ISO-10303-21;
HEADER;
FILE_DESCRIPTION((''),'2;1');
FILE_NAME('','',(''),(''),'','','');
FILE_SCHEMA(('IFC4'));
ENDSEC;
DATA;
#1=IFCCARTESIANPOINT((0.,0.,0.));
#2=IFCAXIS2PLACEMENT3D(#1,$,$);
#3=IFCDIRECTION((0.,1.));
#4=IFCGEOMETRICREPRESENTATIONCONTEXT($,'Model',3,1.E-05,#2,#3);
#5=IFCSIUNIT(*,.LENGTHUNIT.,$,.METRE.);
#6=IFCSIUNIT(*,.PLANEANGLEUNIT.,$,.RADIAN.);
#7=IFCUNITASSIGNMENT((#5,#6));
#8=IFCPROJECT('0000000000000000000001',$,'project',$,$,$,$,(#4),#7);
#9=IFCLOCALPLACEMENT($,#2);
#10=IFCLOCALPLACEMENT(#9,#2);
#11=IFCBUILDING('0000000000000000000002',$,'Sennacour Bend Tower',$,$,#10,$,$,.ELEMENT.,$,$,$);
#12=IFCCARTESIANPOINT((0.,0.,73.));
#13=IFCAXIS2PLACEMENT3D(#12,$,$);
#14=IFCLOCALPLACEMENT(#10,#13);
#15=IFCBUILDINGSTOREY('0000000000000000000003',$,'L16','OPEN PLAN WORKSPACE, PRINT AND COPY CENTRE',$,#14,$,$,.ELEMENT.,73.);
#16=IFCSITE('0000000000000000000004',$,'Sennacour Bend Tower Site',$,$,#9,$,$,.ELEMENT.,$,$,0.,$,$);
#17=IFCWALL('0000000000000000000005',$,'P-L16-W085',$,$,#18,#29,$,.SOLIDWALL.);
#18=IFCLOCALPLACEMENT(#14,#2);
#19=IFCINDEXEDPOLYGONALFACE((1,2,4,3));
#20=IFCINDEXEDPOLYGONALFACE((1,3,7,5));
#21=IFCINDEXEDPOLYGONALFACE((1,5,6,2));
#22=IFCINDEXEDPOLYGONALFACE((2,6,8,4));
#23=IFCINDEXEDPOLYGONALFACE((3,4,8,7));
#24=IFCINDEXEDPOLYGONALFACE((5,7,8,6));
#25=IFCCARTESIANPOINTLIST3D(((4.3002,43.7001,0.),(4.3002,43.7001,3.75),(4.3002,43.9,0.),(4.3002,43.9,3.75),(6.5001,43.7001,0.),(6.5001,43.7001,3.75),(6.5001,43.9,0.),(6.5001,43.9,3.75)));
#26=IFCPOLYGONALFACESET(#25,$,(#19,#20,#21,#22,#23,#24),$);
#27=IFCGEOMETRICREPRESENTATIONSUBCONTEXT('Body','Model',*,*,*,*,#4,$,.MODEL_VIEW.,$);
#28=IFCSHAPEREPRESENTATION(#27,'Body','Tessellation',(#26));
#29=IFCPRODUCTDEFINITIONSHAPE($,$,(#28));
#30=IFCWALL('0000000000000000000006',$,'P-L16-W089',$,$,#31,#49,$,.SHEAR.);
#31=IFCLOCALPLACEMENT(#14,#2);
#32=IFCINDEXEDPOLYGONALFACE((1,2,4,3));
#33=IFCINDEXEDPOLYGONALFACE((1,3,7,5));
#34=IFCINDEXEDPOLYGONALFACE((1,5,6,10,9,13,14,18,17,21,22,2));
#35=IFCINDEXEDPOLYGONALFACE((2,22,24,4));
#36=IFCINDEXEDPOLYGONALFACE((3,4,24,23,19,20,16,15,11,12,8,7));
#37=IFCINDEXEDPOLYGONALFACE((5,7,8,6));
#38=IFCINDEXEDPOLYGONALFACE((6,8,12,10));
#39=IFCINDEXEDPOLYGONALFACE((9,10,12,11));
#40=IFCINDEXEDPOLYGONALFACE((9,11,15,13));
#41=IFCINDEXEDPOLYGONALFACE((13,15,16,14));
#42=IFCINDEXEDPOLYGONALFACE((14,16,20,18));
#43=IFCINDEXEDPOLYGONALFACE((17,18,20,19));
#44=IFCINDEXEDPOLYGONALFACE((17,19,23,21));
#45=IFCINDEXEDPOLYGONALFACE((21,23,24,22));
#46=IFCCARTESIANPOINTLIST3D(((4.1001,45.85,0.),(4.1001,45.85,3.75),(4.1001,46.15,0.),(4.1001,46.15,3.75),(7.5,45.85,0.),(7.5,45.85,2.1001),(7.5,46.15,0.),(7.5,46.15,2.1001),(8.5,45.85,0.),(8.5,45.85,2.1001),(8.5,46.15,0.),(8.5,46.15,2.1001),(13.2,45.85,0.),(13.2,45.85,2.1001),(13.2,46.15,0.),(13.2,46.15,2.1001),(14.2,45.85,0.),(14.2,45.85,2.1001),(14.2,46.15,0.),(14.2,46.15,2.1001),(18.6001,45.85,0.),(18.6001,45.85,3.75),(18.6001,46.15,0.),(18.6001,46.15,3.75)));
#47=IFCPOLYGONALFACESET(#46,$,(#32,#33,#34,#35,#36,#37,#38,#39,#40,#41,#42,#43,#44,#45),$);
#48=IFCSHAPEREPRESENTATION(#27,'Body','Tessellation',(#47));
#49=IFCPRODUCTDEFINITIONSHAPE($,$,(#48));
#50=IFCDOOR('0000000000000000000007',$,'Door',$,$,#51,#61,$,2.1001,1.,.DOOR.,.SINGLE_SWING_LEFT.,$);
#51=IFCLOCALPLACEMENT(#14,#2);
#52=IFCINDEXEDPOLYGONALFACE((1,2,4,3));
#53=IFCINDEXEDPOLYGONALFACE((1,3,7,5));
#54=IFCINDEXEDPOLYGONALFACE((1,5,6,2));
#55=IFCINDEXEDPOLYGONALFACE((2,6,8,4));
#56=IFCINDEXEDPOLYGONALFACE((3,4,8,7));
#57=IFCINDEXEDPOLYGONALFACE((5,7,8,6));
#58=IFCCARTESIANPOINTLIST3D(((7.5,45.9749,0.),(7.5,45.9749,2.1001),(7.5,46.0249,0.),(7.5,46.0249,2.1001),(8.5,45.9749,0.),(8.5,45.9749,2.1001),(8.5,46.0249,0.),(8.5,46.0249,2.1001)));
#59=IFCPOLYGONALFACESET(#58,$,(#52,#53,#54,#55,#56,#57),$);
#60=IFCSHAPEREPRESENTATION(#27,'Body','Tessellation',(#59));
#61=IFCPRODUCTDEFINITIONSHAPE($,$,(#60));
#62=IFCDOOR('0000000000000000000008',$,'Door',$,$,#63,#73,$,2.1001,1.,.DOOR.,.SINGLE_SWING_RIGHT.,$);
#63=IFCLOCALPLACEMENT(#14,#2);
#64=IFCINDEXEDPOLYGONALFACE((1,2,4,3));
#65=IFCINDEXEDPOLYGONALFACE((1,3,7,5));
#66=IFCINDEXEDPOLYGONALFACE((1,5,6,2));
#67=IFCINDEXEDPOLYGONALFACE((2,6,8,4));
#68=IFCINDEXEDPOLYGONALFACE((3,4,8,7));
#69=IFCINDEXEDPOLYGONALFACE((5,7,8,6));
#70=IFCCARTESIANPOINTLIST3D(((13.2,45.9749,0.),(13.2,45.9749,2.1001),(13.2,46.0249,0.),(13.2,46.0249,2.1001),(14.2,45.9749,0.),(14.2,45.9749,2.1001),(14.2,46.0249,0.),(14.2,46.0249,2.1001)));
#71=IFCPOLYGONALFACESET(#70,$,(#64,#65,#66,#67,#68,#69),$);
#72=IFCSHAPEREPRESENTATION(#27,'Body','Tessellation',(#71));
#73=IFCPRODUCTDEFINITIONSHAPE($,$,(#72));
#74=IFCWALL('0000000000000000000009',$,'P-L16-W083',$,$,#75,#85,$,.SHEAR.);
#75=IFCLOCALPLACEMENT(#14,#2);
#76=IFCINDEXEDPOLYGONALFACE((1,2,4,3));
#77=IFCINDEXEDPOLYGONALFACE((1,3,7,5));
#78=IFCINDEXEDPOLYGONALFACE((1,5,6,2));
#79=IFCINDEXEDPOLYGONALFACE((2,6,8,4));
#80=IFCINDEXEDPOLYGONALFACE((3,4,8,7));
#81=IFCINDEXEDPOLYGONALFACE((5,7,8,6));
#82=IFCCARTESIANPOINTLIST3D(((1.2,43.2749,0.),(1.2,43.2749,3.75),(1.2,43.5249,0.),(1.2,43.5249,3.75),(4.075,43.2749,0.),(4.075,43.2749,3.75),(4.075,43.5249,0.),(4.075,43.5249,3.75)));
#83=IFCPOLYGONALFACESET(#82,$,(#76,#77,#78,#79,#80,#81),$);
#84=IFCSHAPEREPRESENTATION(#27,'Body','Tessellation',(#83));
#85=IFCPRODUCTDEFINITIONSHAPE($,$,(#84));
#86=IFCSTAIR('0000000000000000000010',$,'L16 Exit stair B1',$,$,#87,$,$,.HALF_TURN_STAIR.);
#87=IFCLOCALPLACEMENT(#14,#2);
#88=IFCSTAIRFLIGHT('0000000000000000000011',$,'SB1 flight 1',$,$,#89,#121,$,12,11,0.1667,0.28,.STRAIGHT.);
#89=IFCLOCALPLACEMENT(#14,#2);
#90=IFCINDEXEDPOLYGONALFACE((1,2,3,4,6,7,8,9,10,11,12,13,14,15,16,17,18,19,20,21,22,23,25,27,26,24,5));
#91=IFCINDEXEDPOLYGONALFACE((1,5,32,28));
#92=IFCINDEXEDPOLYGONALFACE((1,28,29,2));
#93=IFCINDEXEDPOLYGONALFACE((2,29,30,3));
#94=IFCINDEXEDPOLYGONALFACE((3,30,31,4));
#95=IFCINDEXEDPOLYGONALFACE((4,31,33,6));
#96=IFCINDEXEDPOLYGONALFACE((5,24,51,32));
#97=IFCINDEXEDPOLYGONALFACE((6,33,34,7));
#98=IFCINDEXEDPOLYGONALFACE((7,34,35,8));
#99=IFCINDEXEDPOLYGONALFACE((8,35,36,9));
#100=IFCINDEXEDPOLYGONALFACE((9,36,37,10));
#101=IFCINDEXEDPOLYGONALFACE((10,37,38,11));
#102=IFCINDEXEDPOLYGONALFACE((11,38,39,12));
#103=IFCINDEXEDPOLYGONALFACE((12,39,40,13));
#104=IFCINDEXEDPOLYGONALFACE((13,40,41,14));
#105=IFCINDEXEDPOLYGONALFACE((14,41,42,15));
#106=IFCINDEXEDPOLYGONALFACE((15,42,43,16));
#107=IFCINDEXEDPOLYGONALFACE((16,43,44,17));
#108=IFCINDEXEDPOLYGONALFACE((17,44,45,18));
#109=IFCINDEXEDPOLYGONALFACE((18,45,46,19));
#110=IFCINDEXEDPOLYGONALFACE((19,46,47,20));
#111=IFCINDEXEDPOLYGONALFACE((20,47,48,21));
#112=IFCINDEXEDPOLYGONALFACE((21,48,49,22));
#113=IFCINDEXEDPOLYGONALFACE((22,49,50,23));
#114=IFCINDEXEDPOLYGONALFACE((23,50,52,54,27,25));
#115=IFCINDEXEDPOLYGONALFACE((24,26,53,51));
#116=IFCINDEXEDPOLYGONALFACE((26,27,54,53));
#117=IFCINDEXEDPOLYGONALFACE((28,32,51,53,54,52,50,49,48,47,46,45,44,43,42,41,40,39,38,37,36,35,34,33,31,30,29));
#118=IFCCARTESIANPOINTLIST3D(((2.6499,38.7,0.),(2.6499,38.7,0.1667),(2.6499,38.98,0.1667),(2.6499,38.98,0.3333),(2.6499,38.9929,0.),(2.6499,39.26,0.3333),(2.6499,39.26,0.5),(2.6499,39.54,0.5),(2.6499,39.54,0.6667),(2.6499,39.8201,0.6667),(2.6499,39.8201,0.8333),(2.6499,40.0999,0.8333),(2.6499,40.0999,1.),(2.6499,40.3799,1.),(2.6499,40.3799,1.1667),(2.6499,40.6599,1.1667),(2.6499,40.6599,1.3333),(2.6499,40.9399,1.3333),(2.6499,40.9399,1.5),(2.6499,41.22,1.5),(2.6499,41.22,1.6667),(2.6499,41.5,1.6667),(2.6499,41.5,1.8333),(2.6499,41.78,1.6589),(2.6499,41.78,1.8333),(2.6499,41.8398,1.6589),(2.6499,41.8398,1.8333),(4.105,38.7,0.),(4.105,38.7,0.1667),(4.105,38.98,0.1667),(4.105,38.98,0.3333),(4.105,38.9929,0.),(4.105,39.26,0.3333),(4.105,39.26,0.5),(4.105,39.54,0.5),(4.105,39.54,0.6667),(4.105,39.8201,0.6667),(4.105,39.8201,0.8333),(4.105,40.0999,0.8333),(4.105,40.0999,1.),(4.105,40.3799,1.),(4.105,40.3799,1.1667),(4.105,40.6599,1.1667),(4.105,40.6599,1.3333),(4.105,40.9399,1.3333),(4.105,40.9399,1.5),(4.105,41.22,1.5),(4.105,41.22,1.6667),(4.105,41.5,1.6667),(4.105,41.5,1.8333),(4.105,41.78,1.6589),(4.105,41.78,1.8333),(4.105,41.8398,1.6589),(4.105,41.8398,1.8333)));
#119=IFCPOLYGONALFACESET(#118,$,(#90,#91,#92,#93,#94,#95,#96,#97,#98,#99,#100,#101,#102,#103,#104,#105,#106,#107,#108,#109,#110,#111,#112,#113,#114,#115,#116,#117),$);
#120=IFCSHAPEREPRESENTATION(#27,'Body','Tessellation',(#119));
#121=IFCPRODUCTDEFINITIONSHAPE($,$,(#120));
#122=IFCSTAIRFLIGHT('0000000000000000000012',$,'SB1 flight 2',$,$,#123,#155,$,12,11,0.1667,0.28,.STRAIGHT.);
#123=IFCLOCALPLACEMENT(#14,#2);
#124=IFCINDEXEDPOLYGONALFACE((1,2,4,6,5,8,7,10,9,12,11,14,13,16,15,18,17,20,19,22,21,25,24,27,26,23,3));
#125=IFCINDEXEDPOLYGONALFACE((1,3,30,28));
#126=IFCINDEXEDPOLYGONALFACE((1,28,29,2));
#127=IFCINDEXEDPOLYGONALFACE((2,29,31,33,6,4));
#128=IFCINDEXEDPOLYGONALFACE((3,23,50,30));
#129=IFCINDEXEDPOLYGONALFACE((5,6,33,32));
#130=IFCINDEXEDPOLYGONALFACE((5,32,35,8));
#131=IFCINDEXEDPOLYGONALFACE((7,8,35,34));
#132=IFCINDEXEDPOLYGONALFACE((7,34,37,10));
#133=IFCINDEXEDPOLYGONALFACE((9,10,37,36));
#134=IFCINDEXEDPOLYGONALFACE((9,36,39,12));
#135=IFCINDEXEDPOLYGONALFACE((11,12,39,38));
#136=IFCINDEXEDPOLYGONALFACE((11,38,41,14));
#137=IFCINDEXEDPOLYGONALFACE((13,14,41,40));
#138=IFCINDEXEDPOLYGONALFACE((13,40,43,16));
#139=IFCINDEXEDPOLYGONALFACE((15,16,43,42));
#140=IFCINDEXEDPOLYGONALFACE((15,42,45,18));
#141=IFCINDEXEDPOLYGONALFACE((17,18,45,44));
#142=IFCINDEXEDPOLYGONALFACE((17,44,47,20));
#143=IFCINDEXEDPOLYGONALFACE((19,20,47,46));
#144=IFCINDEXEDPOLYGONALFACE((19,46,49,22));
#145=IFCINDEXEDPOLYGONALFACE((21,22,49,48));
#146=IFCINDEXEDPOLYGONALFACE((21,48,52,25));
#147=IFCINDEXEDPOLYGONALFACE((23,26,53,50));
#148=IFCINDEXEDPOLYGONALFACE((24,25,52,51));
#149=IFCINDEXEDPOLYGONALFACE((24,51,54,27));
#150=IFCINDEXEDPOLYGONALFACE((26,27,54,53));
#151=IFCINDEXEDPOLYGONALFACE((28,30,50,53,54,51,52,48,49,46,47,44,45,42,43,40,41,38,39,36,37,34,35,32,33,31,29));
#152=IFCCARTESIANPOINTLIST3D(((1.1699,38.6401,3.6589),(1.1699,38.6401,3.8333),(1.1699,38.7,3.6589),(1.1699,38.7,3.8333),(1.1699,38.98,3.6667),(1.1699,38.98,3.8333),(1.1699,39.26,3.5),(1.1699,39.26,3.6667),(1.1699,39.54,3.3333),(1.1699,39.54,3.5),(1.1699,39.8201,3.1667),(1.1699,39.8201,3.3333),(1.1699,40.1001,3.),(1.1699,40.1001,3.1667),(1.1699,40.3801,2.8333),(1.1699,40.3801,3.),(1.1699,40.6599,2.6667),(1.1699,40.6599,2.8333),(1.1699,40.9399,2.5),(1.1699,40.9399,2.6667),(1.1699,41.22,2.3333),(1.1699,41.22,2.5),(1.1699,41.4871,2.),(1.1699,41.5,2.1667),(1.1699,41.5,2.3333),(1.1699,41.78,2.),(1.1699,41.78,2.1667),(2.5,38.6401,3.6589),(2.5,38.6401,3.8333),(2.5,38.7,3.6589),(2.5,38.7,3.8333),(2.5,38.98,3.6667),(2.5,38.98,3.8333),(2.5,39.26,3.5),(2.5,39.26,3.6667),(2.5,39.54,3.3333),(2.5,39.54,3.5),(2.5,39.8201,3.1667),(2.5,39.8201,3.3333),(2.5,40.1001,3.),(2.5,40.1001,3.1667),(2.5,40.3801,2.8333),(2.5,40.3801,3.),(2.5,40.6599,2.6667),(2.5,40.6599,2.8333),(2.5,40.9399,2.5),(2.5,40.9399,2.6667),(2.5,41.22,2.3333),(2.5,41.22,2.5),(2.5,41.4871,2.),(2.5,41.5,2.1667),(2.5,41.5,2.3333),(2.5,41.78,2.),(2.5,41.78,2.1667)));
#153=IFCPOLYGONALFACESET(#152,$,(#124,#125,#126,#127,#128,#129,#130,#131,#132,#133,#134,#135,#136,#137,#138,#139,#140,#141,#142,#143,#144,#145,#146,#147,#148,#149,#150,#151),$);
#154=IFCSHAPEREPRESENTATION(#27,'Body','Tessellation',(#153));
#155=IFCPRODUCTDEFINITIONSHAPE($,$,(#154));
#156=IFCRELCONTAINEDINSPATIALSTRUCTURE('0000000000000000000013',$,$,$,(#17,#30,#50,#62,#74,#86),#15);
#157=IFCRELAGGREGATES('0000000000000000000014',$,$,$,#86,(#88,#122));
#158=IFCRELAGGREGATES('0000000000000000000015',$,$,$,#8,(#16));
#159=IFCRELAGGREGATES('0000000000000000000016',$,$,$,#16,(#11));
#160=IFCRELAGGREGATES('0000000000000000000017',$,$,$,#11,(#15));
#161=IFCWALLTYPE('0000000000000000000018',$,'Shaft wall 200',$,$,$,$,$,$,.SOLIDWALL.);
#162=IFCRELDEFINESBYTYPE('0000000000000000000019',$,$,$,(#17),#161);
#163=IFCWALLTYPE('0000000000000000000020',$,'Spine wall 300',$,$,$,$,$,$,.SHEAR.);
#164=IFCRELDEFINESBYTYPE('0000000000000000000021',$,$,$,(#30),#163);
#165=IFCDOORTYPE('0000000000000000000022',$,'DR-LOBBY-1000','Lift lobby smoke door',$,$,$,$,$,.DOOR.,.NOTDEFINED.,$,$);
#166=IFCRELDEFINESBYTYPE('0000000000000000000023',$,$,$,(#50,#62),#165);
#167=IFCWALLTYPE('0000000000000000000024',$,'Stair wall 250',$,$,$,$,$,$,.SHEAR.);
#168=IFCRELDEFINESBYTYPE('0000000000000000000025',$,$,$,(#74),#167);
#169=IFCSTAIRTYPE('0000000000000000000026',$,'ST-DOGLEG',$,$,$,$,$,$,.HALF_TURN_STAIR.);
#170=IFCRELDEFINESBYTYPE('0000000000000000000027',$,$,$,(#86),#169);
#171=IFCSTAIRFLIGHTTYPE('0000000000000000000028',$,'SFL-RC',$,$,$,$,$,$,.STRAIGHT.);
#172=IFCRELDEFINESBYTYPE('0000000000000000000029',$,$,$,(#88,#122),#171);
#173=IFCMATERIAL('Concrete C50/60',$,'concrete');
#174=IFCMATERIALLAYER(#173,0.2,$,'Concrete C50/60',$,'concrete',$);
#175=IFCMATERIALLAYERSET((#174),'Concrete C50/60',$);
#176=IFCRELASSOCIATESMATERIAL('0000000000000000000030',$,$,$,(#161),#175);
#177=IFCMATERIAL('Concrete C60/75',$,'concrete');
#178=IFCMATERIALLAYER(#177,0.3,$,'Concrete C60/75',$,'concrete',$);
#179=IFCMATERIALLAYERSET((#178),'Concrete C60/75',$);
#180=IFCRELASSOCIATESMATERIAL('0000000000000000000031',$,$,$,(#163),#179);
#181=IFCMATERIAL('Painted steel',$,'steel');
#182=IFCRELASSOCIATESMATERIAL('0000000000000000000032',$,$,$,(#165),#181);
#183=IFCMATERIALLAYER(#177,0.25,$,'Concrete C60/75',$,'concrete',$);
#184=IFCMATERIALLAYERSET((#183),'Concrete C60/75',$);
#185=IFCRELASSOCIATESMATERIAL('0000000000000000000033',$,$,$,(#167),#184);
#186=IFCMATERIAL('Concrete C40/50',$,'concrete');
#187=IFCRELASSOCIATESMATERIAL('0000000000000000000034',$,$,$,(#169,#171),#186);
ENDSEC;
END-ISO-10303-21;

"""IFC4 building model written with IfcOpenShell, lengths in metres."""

from ifc_helpers import new_model, si_unit, direction, frame, frame_2d, origin, place, context, subcontext, project, spatial, polyline, rectangle, outline, extrude, material, layer, layer_set, type_object, element, fill, aggregate, save


model = new_model("IFC4")

# Units and contexts
model_context = context("Model", 3, precision=1e-05, world=origin(), true_north=direction((0.0, 1.0)))
body_context = subcontext(model_context, "Body", "Model", "MODEL_VIEW")
ifc_project = project(units=[si_unit("LENGTHUNIT", "METRE"), si_unit("PLANEANGLEUNIT", "RADIAN")], contexts=[model_context])

# Site, building, storey
site_placement = place(None, origin())
site = spatial("IfcSite", under=ifc_project, at=site_placement, Name="Sennacour Bend Tower Site", CompositionType="ELEMENT", RefElevation=0.0)
building_placement = place(site_placement, origin())
building = spatial("IfcBuilding", under=site, at=building_placement, Name="Sennacour Bend Tower", CompositionType="ELEMENT")
storey_placement = place(building_placement, frame((0.0, 0.0, 73.0)))
storey = spatial("IfcBuildingStorey", under=building, at=storey_placement, Name="L16", Description="OPEN PLAN WORKSPACE, PRINT AND COPY CENTRE", CompositionType="ELEMENT", Elevation=73.0)

# Shared definitions
ifc_material_1 = material(Name="Painted steel", Category="steel")

# Wall
ifc_material_2 = material(Name="Concrete C50/60", Category="concrete")
ifc_layer_1 = layer(ifc_material_2, 0.2, Name="Concrete C50/60", Category="concrete")
ifc_layer_set_1 = layer_set([ifc_layer_1], Name="Concrete C50/60")
wall_type_1 = type_object("IfcWallType", Name="Shaft wall 200", PredefinedType="SOLIDWALL", material=ifc_layer_set_1)
wall_1_placement = place(storey_placement, frame((4.3, 43.8, 0.0), z_axis=(0.0, 0.0, 1.0), x_axis=(1.0, 0.0, 0.0)))
element("IfcWall", 1, at=wall_1_placement, inside=storey, type_object=wall_type_1, Name="P-L16-W085", PredefinedType="SOLIDWALL", context=body_context, shape_type="SweptSolid", body=[
    extrude(rectangle(XDim=2.2, YDim=0.2, at=frame_2d((1.1001, 0.0))), origin(), (0.0, 0.0, 1.0), 3.75),
])

# Wall, openings, doors
ifc_material_3 = material(Name="Concrete C60/75", Category="concrete")
ifc_layer_2 = layer(ifc_material_3, 0.3, Name="Concrete C60/75", Category="concrete")
ifc_layer_set_2 = layer_set([ifc_layer_2], Name="Concrete C60/75")
wall_type_2 = type_object("IfcWallType", Name="Spine wall 300", PredefinedType="SHEAR", material=ifc_layer_set_2)
wall_2_placement = place(storey_placement, frame((4.1001, 46.0, 0.0), z_axis=(0.0, 0.0, 1.0), x_axis=(1.0, 0.0, 0.0)))
wall_2 = element("IfcWall", 2, at=wall_2_placement, inside=storey, type_object=wall_type_2, Name="P-L16-W089", PredefinedType="SHEAR", context=body_context, shape_type="SweptSolid", body=[
    extrude(rectangle(XDim=14.5, YDim=0.3, at=frame_2d((7.25, 0.0))), origin(), (0.0, 0.0, 1.0), 3.75),
])
opening_1_placement = place(wall_2_placement, frame((3.3999, 0.0, 0.0)))
opening_1 = element("IfcOpeningElement", 3, at=opening_1_placement, cuts=wall_2, PredefinedType="OPENING", context=body_context, shape_type="SweptSolid", body=[
    extrude(rectangle(XDim=1.0, YDim=2.1001, at=frame_2d((0.5, 1.05))), frame((0.0, 0.1602, 0.0), z_axis=(0.0, -1.0, 0.0), x_axis=(1.0, 0.0, 0.0)), (0.0, 0.0, 1.0), 0.3201),
])
opening_2_placement = place(wall_2_placement, frame((9.0999, 0.0, 0.0)))
opening_2 = element("IfcOpeningElement", 4, at=opening_2_placement, cuts=wall_2, PredefinedType="OPENING", context=body_context, shape_type="SweptSolid", body=[
    extrude(rectangle(XDim=1.0, YDim=2.1001, at=frame_2d((0.5, 1.05))), frame((0.0, 0.1602, 0.0), z_axis=(0.0, -1.0, 0.0), x_axis=(1.0, 0.0, 0.0)), (0.0, 0.0, 1.0), 0.3201),
])
door_type_1 = type_object("IfcDoorType", Name="DR-LOBBY-1000", Description="Lift lobby smoke door", OperationType="NOTDEFINED", PredefinedType="DOOR", material=ifc_material_1)
door_1_placement = place(opening_1_placement, origin())
door_1 = element("IfcDoor", 5, at=door_1_placement, inside=storey, type_object=door_type_1, Name="Door", OperationType="SINGLE_SWING_LEFT", OverallHeight=2.1001, OverallWidth=1.0, PredefinedType="DOOR", context=body_context, shape_type="SweptSolid", body=[
    extrude(rectangle(XDim=1.0, YDim=2.1001, at=frame_2d((0.5, 1.05))), frame((0.0, 0.0249, 0.0), z_axis=(0.0, -1.0, 0.0), x_axis=(1.0, 0.0, 0.0)), (0.0, 0.0, 1.0), 0.05),
])
fill(opening_1, door_1)
door_2_placement = place(opening_2_placement, origin())
door_2 = element("IfcDoor", 6, at=door_2_placement, inside=storey, type_object=door_type_1, Name="Door", OperationType="SINGLE_SWING_RIGHT", OverallHeight=2.1001, OverallWidth=1.0, PredefinedType="DOOR", context=body_context, shape_type="SweptSolid", body=[
    extrude(rectangle(XDim=1.0, YDim=2.1001, at=frame_2d((0.5, 1.05))), frame((0.0, 0.0249, 0.0), z_axis=(0.0, -1.0, 0.0), x_axis=(1.0, 0.0, 0.0)), (0.0, 0.0, 1.0), 0.05),
])
fill(opening_2, door_2)

# Wall
ifc_layer_3 = layer(ifc_material_3, 0.25, Name="Concrete C60/75", Category="concrete")
ifc_layer_set_3 = layer_set([ifc_layer_3], Name="Concrete C60/75")
wall_type_3 = type_object("IfcWallType", Name="Stair wall 250", PredefinedType="SHEAR", material=ifc_layer_set_3)
wall_3_placement = place(storey_placement, frame((1.2, 43.3999, 0.0), z_axis=(0.0, 0.0, 1.0), x_axis=(1.0, 0.0, 0.0)))
element("IfcWall", 7, at=wall_3_placement, inside=storey, type_object=wall_type_3, Name="P-L16-W083", PredefinedType="SHEAR", context=body_context, shape_type="SweptSolid", body=[
    extrude(rectangle(XDim=2.875, YDim=0.25, at=frame_2d((1.4375, 0.0))), origin(), (0.0, 0.0, 1.0), 3.75),
])

# Stair, stair flights
ifc_material_4 = material(Name="Concrete C40/50", Category="concrete")
stair_type = type_object("IfcStairType", Name="ST-DOGLEG", PredefinedType="HALF_TURN_STAIR", material=ifc_material_4)
stair_placement = place(storey_placement, origin())
stair = element("IfcStair", 8, at=stair_placement, inside=storey, type_object=stair_type, Name="L16 Exit stair B1", PredefinedType="HALF_TURN_STAIR")
stair_flight_type = type_object("IfcStairFlightType", Name="SFL-RC", PredefinedType="STRAIGHT", material=ifc_material_4)
stair_flight_1_placement = place(storey_placement, frame((3.3774, 38.7, 0.0), z_axis=(0.0, 0.0, 1.0), x_axis=(0.0, 1.0, 0.0)))
stair_flight_1 = element("IfcStairFlight", 9, at=stair_flight_1_placement, type_object=stair_flight_type, Name="SB1 flight 1", NumberOfRisers=12, NumberOfTreads=11, PredefinedType="STRAIGHT", RiserHeight=0.1667, TreadLength=0.28, context=body_context, shape_type="SweptSolid", body=[
    extrude(outline(polyline([(0.0, 0.0), (0.0, 0.1667), (0.28, 0.1667), (0.28, 0.3333), (0.5601, 0.3333), (0.5601, 0.5), (0.8401, 0.5), (0.8401, 0.6667), (1.1201, 0.6667), (1.1201, 0.8333), (1.3999, 0.8333), (1.3999, 1.0), (1.6799, 1.0), (1.6799, 1.1667), (1.96, 1.1667), (1.96, 1.3333), (2.24, 1.3333), (2.24, 1.5), (2.52, 1.5), (2.52, 1.6667), (2.8, 1.6667), (2.8, 1.8333), (3.0801, 1.8333), (3.1399, 1.8333), (3.1399, 1.6589), (3.0801, 1.6589), (0.293, 0.0), (0.0, 0.0)])), frame((0.0, 0.7275, 0.0), z_axis=(0.0, -1.0, 0.0), x_axis=(1.0, 0.0, 0.0)), (0.0, 0.0, 1.0), 1.4551),
])
stair_flight_2_placement = place(storey_placement, frame((1.835, 41.78, 2.0), z_axis=(0.0, 0.0, 1.0), x_axis=(0.0, -1.0, 0.0)))
stair_flight_2 = element("IfcStairFlight", 10, at=stair_flight_2_placement, type_object=stair_flight_type, Name="SB1 flight 2", NumberOfRisers=12, NumberOfTreads=11, PredefinedType="STRAIGHT", RiserHeight=0.1667, TreadLength=0.28, context=body_context, shape_type="SweptSolid", body=[
    extrude(outline(polyline([(0.0, 0.0), (0.0, 0.1667), (0.28, 0.1667), (0.28, 0.3333), (0.5601, 0.3333), (0.5601, 0.5), (0.8401, 0.5), (0.8401, 0.6667), (1.1201, 0.6667), (1.1201, 0.8333), (1.3999, 0.8333), (1.3999, 1.0), (1.6799, 1.0), (1.6799, 1.1667), (1.96, 1.1667), (1.96, 1.3333), (2.24, 1.3333), (2.24, 1.5), (2.52, 1.5), (2.52, 1.6667), (2.8, 1.6667), (2.8, 1.8333), (3.0801, 1.8333), (3.1399, 1.8333), (3.1399, 1.6589), (3.0801, 1.6589), (0.293, 0.0), (0.0, 0.0)])), frame((0.0, 0.665, 0.0), z_axis=(0.0, -1.0, 0.0), x_axis=(1.0, 0.0, 0.0)), (0.0, 0.0, 1.0), 1.3301),
])
aggregate(stair, [stair_flight_1, stair_flight_2])

save(model, "model.ifc")
